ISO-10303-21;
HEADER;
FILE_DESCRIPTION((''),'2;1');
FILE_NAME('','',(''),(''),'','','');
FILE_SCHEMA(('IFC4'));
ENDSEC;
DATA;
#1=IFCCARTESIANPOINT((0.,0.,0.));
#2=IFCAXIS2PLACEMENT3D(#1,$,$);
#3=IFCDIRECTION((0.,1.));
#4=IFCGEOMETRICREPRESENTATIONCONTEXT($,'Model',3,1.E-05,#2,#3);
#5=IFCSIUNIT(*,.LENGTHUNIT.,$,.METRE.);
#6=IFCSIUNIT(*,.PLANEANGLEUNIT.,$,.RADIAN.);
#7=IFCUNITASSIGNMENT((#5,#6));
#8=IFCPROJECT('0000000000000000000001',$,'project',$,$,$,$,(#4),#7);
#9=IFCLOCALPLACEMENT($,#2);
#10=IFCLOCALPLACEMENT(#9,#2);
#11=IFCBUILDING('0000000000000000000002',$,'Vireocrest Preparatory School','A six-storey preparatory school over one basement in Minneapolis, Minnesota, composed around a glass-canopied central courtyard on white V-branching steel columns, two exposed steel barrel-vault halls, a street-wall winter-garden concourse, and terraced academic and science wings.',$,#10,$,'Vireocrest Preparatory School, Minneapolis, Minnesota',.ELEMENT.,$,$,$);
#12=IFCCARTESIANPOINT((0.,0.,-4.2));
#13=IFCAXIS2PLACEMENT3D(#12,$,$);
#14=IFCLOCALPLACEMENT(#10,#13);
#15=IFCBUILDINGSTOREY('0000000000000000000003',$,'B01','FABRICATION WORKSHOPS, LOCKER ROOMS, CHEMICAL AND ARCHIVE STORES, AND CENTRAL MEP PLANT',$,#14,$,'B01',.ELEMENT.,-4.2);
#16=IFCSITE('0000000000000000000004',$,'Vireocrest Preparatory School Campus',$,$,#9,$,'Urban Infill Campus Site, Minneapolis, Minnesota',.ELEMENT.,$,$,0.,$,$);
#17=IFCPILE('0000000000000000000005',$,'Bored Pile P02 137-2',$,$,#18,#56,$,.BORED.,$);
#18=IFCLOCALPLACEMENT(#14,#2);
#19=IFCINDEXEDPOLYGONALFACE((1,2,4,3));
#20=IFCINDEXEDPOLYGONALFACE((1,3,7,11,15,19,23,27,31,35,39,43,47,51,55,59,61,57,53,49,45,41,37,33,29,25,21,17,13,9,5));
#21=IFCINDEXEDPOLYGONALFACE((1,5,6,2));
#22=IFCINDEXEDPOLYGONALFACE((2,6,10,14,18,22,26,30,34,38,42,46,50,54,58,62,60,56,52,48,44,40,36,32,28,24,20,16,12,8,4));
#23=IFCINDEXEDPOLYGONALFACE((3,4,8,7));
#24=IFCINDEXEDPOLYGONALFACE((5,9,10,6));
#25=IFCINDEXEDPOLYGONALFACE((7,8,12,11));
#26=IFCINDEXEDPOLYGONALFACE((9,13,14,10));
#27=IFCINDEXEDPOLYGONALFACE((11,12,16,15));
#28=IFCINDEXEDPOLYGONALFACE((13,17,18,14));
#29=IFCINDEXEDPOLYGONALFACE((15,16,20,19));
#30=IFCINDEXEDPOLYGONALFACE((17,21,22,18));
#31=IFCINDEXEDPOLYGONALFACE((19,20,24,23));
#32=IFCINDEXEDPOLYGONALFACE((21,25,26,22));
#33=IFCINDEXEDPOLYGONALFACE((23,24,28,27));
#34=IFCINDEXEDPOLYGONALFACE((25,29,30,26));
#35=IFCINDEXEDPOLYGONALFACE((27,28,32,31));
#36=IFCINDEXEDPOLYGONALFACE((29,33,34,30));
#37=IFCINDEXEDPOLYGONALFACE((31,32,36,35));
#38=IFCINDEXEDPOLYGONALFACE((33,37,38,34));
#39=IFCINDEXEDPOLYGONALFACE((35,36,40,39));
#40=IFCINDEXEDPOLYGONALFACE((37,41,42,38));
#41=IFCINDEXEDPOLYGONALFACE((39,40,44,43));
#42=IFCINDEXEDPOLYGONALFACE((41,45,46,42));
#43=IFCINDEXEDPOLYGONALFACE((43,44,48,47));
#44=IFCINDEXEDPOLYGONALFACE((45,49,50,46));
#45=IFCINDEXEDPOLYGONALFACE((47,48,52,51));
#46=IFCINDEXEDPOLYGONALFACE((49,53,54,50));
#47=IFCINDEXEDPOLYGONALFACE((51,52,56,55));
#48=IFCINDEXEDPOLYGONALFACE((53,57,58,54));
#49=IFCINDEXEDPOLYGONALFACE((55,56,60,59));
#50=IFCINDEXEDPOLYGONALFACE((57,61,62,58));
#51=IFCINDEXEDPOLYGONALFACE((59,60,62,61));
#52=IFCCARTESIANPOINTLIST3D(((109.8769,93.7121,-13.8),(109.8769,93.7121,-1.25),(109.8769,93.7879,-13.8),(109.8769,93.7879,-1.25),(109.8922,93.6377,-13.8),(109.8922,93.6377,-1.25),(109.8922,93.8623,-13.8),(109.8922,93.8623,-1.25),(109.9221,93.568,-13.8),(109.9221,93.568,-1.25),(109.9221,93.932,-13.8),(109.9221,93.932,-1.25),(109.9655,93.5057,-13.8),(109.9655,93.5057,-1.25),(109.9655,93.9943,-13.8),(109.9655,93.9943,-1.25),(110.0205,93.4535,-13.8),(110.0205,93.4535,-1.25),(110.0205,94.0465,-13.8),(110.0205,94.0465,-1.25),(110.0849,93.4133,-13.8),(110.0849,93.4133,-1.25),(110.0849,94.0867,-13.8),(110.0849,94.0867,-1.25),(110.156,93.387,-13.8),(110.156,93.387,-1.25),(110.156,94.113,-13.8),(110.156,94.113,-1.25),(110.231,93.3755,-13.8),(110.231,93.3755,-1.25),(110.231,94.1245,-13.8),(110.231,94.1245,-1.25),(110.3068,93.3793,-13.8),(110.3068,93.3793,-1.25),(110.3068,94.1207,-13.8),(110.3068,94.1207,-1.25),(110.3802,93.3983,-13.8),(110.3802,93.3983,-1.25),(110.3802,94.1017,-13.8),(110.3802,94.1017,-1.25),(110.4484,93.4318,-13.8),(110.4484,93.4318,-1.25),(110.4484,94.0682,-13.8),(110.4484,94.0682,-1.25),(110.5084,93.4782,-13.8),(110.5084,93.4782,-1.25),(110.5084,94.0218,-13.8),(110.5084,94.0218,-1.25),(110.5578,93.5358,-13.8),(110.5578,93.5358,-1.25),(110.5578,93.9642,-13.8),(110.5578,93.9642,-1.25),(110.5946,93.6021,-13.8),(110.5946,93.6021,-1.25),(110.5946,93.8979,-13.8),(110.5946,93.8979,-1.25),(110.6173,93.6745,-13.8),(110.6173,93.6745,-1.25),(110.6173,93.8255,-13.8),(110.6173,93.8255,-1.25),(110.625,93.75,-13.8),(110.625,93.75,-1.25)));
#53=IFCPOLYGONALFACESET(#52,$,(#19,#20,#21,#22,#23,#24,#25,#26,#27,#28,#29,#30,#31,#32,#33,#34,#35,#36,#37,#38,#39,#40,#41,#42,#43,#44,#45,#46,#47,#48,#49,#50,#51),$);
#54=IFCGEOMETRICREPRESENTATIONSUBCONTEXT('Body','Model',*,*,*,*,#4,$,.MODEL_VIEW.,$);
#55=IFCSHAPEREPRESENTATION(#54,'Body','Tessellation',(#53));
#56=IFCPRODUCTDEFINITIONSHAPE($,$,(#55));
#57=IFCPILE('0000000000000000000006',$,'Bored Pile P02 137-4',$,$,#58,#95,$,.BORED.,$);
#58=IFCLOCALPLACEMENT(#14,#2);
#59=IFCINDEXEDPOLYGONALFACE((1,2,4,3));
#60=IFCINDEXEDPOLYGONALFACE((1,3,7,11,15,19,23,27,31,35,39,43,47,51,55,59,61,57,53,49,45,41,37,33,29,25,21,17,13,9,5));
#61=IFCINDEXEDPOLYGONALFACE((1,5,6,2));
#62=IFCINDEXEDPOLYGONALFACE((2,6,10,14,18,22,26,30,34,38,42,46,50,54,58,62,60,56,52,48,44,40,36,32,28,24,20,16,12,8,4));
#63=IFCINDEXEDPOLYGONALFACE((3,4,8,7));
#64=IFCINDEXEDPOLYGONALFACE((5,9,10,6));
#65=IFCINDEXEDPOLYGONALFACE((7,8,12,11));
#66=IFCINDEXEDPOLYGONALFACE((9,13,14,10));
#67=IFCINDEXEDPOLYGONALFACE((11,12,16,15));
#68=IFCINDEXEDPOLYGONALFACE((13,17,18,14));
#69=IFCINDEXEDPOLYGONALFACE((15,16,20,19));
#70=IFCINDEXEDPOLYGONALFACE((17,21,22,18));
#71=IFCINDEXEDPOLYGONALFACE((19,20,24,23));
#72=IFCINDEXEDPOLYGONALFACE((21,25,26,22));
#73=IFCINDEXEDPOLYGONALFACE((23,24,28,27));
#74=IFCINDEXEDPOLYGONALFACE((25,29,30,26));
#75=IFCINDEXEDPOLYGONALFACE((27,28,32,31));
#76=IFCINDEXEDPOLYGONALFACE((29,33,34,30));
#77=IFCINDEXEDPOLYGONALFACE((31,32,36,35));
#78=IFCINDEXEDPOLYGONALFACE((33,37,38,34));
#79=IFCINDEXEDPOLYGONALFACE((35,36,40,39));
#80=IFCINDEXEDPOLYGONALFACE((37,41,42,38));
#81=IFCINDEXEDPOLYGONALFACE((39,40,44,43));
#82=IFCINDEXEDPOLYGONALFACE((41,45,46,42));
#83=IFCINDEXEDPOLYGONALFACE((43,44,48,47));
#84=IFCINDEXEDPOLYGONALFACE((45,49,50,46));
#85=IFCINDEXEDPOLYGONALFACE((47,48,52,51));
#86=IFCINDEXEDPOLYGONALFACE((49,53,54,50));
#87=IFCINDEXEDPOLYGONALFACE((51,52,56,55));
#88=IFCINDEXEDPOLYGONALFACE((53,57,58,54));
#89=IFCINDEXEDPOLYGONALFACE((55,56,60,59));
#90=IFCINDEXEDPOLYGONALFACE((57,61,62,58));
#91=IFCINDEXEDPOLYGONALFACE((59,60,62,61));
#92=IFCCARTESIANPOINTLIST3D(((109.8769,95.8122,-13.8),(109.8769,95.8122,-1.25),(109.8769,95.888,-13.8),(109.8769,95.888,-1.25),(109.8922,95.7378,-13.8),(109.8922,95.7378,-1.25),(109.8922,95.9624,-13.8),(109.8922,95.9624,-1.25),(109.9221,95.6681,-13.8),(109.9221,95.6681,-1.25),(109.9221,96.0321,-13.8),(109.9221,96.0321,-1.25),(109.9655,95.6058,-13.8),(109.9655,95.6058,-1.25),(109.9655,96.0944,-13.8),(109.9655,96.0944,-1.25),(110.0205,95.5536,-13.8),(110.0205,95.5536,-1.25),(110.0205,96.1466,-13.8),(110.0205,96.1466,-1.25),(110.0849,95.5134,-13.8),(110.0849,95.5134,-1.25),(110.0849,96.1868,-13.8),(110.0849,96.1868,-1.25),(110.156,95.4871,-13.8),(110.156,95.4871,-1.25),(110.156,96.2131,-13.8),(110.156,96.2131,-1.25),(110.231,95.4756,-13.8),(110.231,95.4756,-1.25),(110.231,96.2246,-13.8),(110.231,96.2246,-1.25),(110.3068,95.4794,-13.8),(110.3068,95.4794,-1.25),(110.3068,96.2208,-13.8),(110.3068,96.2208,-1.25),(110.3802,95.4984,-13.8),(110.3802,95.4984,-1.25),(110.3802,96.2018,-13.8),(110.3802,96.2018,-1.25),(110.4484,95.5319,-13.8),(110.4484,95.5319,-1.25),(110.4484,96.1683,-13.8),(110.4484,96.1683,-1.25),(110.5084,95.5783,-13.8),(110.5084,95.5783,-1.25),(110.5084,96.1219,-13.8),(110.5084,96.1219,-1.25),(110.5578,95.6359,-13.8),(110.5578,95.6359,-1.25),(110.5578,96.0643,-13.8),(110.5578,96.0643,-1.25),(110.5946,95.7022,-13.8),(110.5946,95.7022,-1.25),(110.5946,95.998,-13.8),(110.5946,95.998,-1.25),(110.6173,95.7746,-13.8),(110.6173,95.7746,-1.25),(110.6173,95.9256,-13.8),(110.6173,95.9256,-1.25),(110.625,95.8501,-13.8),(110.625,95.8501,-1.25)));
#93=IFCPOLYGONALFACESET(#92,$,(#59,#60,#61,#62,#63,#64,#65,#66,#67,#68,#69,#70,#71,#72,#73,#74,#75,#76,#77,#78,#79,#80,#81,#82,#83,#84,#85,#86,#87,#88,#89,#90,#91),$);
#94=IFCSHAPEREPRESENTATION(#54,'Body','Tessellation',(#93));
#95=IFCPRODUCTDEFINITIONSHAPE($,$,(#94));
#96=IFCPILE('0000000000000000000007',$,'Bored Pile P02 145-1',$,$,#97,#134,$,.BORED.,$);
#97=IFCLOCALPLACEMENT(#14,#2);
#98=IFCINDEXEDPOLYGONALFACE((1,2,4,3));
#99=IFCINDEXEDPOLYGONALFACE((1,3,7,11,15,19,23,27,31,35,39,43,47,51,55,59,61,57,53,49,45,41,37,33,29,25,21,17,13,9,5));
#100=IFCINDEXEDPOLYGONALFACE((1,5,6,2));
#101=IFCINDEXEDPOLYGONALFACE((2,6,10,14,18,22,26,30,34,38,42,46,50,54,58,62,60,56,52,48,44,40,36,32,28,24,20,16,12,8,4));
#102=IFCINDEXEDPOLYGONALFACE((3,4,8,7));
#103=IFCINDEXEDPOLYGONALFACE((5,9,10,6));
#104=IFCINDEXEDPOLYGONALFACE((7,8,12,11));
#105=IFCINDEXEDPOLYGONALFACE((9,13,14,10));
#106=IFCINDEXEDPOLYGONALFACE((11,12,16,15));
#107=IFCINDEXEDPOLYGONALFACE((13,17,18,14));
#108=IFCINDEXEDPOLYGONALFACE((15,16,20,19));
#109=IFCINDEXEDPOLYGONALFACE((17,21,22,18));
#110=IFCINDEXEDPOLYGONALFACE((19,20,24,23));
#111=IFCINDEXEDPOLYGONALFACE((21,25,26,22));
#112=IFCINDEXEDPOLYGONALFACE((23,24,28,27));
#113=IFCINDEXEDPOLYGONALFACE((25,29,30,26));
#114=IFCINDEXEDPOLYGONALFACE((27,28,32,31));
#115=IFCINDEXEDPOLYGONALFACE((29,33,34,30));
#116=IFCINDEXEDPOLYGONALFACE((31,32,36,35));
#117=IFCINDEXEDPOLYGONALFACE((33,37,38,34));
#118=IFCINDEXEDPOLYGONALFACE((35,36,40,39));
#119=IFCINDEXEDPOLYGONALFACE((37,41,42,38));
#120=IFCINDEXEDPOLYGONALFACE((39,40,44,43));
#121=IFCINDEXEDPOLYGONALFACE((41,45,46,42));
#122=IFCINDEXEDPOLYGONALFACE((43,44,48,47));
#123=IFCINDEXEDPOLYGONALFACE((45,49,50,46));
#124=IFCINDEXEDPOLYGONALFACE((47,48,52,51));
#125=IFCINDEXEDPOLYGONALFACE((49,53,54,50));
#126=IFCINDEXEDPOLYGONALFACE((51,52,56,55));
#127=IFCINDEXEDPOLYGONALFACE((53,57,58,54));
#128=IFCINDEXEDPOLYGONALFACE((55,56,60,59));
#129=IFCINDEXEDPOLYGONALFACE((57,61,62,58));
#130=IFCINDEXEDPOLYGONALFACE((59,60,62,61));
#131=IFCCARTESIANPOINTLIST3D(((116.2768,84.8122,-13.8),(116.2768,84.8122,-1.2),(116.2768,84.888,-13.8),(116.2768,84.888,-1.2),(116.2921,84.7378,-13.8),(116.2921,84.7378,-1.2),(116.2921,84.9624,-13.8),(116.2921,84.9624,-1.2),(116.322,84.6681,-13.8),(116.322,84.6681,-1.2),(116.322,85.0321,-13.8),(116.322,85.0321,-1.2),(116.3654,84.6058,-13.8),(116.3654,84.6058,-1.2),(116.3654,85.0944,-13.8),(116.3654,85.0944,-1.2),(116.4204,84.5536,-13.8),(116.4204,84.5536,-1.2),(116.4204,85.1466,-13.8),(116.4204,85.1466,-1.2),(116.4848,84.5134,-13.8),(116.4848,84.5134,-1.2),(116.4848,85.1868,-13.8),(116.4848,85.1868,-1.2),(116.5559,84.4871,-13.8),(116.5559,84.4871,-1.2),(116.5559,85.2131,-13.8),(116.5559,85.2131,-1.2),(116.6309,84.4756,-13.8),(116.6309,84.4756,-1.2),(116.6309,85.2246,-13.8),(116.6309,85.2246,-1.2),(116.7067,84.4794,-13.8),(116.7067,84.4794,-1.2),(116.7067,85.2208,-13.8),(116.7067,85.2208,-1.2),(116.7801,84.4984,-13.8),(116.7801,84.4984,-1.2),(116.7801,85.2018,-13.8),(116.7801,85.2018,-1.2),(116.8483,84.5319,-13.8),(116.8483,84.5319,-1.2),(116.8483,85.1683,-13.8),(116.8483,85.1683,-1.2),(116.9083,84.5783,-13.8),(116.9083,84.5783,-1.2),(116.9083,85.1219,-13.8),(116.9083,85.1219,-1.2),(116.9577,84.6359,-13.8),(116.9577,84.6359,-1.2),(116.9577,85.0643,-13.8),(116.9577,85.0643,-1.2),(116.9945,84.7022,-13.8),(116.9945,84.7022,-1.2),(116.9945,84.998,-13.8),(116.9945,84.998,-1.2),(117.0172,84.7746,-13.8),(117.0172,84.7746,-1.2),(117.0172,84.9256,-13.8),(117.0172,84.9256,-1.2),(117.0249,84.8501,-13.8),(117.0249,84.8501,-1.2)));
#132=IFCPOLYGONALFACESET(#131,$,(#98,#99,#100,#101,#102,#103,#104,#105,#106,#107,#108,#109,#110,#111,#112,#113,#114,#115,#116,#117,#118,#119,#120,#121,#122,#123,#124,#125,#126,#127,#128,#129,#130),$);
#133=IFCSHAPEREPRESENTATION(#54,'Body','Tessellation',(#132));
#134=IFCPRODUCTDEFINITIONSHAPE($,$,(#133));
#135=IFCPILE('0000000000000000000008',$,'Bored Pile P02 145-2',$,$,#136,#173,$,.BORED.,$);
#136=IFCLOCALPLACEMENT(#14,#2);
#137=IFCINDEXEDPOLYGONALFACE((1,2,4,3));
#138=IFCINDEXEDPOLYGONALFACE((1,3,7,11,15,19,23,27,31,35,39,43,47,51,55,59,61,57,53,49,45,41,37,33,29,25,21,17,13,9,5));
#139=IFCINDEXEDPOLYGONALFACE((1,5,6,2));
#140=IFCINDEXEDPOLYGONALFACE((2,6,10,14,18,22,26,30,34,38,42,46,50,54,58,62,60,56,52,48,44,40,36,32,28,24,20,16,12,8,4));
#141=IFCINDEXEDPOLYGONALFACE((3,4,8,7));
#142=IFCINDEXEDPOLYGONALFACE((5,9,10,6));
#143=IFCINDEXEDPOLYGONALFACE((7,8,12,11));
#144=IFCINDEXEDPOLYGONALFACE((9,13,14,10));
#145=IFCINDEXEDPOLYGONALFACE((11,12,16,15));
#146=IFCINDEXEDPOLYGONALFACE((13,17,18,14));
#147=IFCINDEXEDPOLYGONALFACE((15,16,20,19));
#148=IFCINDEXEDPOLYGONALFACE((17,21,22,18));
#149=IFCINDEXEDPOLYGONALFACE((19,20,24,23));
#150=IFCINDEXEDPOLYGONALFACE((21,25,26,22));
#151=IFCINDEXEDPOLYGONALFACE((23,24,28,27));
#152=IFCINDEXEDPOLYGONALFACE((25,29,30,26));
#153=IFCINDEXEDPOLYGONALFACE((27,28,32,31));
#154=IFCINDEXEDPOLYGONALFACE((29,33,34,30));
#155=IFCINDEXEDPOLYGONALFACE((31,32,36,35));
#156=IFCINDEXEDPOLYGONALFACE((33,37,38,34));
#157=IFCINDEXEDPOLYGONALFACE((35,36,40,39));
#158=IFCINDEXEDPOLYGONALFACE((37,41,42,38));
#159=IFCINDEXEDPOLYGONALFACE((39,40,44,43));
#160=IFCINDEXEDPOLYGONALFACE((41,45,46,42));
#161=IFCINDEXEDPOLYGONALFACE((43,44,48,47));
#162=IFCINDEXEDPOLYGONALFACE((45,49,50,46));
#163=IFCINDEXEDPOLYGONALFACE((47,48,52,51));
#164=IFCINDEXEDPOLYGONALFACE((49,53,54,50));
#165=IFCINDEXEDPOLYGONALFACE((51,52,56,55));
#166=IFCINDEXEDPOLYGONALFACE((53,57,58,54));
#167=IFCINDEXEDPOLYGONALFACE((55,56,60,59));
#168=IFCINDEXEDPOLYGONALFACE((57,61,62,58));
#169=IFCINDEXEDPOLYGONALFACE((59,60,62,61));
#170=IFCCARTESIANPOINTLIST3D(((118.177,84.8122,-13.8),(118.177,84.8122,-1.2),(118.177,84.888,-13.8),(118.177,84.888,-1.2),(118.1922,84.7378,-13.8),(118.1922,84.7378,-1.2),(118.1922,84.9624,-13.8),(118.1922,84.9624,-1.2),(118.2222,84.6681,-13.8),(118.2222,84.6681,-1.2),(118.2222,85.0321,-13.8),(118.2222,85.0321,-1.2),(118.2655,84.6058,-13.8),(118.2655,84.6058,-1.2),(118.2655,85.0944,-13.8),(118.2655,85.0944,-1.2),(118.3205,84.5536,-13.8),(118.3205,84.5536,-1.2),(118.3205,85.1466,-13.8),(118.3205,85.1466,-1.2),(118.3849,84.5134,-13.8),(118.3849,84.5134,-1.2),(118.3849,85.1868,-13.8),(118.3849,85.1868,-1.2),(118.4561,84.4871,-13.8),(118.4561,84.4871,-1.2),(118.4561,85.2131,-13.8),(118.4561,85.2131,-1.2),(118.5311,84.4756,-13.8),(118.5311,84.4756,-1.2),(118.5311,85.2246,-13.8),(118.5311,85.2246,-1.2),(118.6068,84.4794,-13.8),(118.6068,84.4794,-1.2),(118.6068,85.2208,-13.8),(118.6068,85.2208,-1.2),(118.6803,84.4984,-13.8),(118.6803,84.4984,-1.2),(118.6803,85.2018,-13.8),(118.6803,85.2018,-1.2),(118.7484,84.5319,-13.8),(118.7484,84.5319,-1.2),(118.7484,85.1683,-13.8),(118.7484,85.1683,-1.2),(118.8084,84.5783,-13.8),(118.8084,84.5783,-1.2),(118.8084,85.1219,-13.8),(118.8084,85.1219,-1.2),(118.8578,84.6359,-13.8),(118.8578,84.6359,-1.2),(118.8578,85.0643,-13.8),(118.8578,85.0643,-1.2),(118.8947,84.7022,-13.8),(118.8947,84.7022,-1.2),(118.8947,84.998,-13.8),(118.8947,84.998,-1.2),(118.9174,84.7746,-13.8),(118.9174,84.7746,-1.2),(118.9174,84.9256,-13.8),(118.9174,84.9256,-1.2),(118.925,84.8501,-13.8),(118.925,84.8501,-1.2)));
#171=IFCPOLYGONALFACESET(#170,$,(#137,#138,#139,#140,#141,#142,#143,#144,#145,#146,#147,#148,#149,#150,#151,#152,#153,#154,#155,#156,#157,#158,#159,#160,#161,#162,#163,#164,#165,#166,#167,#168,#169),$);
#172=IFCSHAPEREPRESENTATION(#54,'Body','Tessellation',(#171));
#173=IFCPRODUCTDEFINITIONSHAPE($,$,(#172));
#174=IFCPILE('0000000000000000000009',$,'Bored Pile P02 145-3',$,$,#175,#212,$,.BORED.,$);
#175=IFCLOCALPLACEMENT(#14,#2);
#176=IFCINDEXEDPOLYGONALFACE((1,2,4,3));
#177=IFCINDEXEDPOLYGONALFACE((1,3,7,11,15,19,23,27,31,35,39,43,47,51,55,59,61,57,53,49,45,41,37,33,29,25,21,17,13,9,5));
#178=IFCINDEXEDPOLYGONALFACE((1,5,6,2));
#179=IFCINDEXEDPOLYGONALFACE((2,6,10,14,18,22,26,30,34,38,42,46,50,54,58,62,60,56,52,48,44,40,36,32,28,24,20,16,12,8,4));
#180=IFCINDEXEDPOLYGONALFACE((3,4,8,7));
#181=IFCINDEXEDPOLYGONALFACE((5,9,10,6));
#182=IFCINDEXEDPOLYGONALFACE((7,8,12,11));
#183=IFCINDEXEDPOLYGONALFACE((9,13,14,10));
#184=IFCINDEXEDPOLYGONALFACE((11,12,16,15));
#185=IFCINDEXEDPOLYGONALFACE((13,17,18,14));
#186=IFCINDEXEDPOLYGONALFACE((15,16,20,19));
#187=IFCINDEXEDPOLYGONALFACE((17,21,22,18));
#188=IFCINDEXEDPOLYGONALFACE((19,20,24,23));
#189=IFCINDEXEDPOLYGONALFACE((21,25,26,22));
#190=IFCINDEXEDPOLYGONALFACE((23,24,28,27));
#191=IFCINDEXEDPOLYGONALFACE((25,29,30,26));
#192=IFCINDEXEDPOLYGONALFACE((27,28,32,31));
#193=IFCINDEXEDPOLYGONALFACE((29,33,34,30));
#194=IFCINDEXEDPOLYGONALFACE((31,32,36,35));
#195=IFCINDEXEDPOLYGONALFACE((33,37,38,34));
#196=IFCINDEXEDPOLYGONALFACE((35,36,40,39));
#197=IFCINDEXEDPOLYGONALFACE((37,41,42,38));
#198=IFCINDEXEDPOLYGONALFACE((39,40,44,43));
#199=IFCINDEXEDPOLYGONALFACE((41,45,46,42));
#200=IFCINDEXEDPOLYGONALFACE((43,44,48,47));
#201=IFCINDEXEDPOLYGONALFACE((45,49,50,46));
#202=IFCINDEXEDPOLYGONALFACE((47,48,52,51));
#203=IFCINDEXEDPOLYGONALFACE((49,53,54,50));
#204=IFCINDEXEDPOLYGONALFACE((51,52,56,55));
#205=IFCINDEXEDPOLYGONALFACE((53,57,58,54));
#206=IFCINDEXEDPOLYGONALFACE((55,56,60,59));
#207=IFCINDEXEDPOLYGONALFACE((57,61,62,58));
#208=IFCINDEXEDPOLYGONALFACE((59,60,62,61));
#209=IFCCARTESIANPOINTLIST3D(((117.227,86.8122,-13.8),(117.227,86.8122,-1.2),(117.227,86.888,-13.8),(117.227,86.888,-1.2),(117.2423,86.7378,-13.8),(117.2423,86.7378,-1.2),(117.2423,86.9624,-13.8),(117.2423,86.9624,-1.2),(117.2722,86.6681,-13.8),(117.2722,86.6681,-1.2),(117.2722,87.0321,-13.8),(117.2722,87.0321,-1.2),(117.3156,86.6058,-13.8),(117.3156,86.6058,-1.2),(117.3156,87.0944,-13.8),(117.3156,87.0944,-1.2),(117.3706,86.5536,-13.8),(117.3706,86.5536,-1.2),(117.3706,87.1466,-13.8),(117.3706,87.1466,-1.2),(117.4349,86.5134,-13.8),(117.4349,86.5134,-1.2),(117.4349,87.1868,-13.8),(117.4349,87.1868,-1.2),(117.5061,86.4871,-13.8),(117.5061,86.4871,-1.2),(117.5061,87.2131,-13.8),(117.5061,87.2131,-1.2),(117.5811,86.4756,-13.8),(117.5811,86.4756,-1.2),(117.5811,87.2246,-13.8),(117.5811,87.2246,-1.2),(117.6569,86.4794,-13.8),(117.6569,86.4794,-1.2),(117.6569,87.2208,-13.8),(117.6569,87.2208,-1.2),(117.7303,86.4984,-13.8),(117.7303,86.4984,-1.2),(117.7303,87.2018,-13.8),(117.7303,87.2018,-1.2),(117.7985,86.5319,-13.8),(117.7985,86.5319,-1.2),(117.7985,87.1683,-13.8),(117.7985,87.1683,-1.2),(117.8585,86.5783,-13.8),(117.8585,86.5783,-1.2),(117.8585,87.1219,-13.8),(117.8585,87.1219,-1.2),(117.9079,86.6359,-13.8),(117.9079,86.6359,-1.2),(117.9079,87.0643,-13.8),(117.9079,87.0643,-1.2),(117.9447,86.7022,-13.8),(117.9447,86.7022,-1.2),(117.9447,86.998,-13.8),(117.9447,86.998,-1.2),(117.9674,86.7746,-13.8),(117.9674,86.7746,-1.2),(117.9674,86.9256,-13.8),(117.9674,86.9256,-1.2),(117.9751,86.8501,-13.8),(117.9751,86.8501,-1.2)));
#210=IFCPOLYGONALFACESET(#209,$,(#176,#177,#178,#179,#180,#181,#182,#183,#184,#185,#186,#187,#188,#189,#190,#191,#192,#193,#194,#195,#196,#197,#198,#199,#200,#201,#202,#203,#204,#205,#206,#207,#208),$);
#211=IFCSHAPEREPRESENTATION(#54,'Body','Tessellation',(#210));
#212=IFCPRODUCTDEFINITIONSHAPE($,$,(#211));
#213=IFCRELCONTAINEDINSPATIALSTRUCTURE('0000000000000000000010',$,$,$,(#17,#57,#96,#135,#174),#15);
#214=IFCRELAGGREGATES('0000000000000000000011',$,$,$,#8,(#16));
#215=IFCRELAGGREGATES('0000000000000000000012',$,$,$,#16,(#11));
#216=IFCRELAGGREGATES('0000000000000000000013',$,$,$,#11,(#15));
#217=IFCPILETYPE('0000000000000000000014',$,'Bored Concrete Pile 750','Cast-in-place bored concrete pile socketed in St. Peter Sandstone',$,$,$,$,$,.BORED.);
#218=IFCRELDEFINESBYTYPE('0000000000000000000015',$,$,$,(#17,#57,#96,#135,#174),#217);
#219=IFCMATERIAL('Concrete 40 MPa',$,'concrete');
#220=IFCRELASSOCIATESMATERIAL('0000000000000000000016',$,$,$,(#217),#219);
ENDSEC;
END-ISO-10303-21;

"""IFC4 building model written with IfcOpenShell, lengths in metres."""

from ifc_helpers import new_model, si_unit, direction, frame, origin, origin_2d, place, context, subcontext, project, spatial, circle, extrude, material, material_profile, profile_set, type_object, element, save


model = new_model("IFC4")

# Units and contexts
model_context = context("Model", 3, precision=1e-05, world=origin(), true_north=direction((0.0, 1.0)))
body_context = subcontext(model_context, "Body", "Model", "MODEL_VIEW")
ifc_project = project(units=[si_unit("LENGTHUNIT", "METRE"), si_unit("PLANEANGLEUNIT", "RADIAN")], contexts=[model_context])

# Site, building, storey
site_placement = place(None, origin())
site = spatial("IfcSite", under=ifc_project, at=site_placement, Name="Vireocrest Preparatory School Campus", LongName="Urban Infill Campus Site, Minneapolis, Minnesota", CompositionType="ELEMENT", RefElevation=0.0)
building_placement = place(site_placement, origin())
building = spatial("IfcBuilding", under=site, at=building_placement, Name="Vireocrest Preparatory School", Description="A six-storey preparatory school over one basement in Minneapolis, Minnesota, composed around a glass-canopied central courtyard on white V-branching steel columns, two exposed steel barrel-vault halls, a street-wall winter-garden concourse, and terraced academic and science wings.", LongName="Vireocrest Preparatory School, Minneapolis, Minnesota", CompositionType="ELEMENT")
storey_placement = place(building_placement, frame((0.0, 0.0, -4.2)))
storey = spatial("IfcBuildingStorey", under=building, at=storey_placement, Name="B01", Description="FABRICATION WORKSHOPS, LOCKER ROOMS, CHEMICAL AND ARCHIVE STORES, AND CENTRAL MEP PLANT", LongName="B01", CompositionType="ELEMENT", Elevation=-4.2)

# Piles
ifc_material_1 = material(Name="Concrete 40 MPa", Category="concrete")
ifc_material_profile_1 = material_profile(ifc_material_1, circle(Radius=0.375, at=origin_2d()), Name="BORED PILE 750")
ifc_profile_set_1 = profile_set([ifc_material_profile_1], Name="Concrete 40 MPa")
pile_type_1 = type_object("IfcPileType", Name="Bored Concrete Pile 750", Description="Cast-in-place bored concrete pile socketed in St. Peter Sandstone", PredefinedType="BORED", material=ifc_profile_set_1)
for number, where, z_axis, x_axis, name in (
    (1, (110.25, 93.75, -1.25), (0.0, 0.0, -1.0), (1.0, 0.0, 0.0), "Bored Pile P02 137-2"),
    (2, (110.25, 95.8501, -1.25), (0.0, 0.0, -1.0), (1.0, 0.0, 0.0), "Bored Pile P02 137-4"),
):
    element("IfcPile", number, at=place(storey_placement, frame(where, z_axis=z_axis, x_axis=x_axis)), inside=storey, type_object=pile_type_1, Name=name, PredefinedType="BORED", context=body_context, shape_type="SweptSolid", body=[
        extrude(circle(Radius=0.375, at=origin_2d()), origin(), (0.0, 0.0, 1.0), 12.55),
    ])
for number, where, z_axis, x_axis, name in (
    (3, (116.6499, 84.8501, -1.2), (0.0, 0.0, -1.0), (1.0, 0.0, 0.0), "Bored Pile P02 145-1"),
    (4, (118.55, 84.8501, -1.2), (0.0, 0.0, -1.0), (1.0, 0.0, 0.0), "Bored Pile P02 145-2"),
    (5, (117.6001, 86.8501, -1.2), (0.0, 0.0, -1.0), (1.0, 0.0, 0.0), "Bored Pile P02 145-3"),
):
    element("IfcPile", number, at=place(storey_placement, frame(where, z_axis=z_axis, x_axis=x_axis)), inside=storey, type_object=pile_type_1, Name=name, PredefinedType="BORED", context=body_context, shape_type="SweptSolid", body=[
        extrude(circle(Radius=0.375, at=origin_2d()), origin(), (0.0, 0.0, 1.0), 12.6001),
    ])

save(model, "model.ifc")
